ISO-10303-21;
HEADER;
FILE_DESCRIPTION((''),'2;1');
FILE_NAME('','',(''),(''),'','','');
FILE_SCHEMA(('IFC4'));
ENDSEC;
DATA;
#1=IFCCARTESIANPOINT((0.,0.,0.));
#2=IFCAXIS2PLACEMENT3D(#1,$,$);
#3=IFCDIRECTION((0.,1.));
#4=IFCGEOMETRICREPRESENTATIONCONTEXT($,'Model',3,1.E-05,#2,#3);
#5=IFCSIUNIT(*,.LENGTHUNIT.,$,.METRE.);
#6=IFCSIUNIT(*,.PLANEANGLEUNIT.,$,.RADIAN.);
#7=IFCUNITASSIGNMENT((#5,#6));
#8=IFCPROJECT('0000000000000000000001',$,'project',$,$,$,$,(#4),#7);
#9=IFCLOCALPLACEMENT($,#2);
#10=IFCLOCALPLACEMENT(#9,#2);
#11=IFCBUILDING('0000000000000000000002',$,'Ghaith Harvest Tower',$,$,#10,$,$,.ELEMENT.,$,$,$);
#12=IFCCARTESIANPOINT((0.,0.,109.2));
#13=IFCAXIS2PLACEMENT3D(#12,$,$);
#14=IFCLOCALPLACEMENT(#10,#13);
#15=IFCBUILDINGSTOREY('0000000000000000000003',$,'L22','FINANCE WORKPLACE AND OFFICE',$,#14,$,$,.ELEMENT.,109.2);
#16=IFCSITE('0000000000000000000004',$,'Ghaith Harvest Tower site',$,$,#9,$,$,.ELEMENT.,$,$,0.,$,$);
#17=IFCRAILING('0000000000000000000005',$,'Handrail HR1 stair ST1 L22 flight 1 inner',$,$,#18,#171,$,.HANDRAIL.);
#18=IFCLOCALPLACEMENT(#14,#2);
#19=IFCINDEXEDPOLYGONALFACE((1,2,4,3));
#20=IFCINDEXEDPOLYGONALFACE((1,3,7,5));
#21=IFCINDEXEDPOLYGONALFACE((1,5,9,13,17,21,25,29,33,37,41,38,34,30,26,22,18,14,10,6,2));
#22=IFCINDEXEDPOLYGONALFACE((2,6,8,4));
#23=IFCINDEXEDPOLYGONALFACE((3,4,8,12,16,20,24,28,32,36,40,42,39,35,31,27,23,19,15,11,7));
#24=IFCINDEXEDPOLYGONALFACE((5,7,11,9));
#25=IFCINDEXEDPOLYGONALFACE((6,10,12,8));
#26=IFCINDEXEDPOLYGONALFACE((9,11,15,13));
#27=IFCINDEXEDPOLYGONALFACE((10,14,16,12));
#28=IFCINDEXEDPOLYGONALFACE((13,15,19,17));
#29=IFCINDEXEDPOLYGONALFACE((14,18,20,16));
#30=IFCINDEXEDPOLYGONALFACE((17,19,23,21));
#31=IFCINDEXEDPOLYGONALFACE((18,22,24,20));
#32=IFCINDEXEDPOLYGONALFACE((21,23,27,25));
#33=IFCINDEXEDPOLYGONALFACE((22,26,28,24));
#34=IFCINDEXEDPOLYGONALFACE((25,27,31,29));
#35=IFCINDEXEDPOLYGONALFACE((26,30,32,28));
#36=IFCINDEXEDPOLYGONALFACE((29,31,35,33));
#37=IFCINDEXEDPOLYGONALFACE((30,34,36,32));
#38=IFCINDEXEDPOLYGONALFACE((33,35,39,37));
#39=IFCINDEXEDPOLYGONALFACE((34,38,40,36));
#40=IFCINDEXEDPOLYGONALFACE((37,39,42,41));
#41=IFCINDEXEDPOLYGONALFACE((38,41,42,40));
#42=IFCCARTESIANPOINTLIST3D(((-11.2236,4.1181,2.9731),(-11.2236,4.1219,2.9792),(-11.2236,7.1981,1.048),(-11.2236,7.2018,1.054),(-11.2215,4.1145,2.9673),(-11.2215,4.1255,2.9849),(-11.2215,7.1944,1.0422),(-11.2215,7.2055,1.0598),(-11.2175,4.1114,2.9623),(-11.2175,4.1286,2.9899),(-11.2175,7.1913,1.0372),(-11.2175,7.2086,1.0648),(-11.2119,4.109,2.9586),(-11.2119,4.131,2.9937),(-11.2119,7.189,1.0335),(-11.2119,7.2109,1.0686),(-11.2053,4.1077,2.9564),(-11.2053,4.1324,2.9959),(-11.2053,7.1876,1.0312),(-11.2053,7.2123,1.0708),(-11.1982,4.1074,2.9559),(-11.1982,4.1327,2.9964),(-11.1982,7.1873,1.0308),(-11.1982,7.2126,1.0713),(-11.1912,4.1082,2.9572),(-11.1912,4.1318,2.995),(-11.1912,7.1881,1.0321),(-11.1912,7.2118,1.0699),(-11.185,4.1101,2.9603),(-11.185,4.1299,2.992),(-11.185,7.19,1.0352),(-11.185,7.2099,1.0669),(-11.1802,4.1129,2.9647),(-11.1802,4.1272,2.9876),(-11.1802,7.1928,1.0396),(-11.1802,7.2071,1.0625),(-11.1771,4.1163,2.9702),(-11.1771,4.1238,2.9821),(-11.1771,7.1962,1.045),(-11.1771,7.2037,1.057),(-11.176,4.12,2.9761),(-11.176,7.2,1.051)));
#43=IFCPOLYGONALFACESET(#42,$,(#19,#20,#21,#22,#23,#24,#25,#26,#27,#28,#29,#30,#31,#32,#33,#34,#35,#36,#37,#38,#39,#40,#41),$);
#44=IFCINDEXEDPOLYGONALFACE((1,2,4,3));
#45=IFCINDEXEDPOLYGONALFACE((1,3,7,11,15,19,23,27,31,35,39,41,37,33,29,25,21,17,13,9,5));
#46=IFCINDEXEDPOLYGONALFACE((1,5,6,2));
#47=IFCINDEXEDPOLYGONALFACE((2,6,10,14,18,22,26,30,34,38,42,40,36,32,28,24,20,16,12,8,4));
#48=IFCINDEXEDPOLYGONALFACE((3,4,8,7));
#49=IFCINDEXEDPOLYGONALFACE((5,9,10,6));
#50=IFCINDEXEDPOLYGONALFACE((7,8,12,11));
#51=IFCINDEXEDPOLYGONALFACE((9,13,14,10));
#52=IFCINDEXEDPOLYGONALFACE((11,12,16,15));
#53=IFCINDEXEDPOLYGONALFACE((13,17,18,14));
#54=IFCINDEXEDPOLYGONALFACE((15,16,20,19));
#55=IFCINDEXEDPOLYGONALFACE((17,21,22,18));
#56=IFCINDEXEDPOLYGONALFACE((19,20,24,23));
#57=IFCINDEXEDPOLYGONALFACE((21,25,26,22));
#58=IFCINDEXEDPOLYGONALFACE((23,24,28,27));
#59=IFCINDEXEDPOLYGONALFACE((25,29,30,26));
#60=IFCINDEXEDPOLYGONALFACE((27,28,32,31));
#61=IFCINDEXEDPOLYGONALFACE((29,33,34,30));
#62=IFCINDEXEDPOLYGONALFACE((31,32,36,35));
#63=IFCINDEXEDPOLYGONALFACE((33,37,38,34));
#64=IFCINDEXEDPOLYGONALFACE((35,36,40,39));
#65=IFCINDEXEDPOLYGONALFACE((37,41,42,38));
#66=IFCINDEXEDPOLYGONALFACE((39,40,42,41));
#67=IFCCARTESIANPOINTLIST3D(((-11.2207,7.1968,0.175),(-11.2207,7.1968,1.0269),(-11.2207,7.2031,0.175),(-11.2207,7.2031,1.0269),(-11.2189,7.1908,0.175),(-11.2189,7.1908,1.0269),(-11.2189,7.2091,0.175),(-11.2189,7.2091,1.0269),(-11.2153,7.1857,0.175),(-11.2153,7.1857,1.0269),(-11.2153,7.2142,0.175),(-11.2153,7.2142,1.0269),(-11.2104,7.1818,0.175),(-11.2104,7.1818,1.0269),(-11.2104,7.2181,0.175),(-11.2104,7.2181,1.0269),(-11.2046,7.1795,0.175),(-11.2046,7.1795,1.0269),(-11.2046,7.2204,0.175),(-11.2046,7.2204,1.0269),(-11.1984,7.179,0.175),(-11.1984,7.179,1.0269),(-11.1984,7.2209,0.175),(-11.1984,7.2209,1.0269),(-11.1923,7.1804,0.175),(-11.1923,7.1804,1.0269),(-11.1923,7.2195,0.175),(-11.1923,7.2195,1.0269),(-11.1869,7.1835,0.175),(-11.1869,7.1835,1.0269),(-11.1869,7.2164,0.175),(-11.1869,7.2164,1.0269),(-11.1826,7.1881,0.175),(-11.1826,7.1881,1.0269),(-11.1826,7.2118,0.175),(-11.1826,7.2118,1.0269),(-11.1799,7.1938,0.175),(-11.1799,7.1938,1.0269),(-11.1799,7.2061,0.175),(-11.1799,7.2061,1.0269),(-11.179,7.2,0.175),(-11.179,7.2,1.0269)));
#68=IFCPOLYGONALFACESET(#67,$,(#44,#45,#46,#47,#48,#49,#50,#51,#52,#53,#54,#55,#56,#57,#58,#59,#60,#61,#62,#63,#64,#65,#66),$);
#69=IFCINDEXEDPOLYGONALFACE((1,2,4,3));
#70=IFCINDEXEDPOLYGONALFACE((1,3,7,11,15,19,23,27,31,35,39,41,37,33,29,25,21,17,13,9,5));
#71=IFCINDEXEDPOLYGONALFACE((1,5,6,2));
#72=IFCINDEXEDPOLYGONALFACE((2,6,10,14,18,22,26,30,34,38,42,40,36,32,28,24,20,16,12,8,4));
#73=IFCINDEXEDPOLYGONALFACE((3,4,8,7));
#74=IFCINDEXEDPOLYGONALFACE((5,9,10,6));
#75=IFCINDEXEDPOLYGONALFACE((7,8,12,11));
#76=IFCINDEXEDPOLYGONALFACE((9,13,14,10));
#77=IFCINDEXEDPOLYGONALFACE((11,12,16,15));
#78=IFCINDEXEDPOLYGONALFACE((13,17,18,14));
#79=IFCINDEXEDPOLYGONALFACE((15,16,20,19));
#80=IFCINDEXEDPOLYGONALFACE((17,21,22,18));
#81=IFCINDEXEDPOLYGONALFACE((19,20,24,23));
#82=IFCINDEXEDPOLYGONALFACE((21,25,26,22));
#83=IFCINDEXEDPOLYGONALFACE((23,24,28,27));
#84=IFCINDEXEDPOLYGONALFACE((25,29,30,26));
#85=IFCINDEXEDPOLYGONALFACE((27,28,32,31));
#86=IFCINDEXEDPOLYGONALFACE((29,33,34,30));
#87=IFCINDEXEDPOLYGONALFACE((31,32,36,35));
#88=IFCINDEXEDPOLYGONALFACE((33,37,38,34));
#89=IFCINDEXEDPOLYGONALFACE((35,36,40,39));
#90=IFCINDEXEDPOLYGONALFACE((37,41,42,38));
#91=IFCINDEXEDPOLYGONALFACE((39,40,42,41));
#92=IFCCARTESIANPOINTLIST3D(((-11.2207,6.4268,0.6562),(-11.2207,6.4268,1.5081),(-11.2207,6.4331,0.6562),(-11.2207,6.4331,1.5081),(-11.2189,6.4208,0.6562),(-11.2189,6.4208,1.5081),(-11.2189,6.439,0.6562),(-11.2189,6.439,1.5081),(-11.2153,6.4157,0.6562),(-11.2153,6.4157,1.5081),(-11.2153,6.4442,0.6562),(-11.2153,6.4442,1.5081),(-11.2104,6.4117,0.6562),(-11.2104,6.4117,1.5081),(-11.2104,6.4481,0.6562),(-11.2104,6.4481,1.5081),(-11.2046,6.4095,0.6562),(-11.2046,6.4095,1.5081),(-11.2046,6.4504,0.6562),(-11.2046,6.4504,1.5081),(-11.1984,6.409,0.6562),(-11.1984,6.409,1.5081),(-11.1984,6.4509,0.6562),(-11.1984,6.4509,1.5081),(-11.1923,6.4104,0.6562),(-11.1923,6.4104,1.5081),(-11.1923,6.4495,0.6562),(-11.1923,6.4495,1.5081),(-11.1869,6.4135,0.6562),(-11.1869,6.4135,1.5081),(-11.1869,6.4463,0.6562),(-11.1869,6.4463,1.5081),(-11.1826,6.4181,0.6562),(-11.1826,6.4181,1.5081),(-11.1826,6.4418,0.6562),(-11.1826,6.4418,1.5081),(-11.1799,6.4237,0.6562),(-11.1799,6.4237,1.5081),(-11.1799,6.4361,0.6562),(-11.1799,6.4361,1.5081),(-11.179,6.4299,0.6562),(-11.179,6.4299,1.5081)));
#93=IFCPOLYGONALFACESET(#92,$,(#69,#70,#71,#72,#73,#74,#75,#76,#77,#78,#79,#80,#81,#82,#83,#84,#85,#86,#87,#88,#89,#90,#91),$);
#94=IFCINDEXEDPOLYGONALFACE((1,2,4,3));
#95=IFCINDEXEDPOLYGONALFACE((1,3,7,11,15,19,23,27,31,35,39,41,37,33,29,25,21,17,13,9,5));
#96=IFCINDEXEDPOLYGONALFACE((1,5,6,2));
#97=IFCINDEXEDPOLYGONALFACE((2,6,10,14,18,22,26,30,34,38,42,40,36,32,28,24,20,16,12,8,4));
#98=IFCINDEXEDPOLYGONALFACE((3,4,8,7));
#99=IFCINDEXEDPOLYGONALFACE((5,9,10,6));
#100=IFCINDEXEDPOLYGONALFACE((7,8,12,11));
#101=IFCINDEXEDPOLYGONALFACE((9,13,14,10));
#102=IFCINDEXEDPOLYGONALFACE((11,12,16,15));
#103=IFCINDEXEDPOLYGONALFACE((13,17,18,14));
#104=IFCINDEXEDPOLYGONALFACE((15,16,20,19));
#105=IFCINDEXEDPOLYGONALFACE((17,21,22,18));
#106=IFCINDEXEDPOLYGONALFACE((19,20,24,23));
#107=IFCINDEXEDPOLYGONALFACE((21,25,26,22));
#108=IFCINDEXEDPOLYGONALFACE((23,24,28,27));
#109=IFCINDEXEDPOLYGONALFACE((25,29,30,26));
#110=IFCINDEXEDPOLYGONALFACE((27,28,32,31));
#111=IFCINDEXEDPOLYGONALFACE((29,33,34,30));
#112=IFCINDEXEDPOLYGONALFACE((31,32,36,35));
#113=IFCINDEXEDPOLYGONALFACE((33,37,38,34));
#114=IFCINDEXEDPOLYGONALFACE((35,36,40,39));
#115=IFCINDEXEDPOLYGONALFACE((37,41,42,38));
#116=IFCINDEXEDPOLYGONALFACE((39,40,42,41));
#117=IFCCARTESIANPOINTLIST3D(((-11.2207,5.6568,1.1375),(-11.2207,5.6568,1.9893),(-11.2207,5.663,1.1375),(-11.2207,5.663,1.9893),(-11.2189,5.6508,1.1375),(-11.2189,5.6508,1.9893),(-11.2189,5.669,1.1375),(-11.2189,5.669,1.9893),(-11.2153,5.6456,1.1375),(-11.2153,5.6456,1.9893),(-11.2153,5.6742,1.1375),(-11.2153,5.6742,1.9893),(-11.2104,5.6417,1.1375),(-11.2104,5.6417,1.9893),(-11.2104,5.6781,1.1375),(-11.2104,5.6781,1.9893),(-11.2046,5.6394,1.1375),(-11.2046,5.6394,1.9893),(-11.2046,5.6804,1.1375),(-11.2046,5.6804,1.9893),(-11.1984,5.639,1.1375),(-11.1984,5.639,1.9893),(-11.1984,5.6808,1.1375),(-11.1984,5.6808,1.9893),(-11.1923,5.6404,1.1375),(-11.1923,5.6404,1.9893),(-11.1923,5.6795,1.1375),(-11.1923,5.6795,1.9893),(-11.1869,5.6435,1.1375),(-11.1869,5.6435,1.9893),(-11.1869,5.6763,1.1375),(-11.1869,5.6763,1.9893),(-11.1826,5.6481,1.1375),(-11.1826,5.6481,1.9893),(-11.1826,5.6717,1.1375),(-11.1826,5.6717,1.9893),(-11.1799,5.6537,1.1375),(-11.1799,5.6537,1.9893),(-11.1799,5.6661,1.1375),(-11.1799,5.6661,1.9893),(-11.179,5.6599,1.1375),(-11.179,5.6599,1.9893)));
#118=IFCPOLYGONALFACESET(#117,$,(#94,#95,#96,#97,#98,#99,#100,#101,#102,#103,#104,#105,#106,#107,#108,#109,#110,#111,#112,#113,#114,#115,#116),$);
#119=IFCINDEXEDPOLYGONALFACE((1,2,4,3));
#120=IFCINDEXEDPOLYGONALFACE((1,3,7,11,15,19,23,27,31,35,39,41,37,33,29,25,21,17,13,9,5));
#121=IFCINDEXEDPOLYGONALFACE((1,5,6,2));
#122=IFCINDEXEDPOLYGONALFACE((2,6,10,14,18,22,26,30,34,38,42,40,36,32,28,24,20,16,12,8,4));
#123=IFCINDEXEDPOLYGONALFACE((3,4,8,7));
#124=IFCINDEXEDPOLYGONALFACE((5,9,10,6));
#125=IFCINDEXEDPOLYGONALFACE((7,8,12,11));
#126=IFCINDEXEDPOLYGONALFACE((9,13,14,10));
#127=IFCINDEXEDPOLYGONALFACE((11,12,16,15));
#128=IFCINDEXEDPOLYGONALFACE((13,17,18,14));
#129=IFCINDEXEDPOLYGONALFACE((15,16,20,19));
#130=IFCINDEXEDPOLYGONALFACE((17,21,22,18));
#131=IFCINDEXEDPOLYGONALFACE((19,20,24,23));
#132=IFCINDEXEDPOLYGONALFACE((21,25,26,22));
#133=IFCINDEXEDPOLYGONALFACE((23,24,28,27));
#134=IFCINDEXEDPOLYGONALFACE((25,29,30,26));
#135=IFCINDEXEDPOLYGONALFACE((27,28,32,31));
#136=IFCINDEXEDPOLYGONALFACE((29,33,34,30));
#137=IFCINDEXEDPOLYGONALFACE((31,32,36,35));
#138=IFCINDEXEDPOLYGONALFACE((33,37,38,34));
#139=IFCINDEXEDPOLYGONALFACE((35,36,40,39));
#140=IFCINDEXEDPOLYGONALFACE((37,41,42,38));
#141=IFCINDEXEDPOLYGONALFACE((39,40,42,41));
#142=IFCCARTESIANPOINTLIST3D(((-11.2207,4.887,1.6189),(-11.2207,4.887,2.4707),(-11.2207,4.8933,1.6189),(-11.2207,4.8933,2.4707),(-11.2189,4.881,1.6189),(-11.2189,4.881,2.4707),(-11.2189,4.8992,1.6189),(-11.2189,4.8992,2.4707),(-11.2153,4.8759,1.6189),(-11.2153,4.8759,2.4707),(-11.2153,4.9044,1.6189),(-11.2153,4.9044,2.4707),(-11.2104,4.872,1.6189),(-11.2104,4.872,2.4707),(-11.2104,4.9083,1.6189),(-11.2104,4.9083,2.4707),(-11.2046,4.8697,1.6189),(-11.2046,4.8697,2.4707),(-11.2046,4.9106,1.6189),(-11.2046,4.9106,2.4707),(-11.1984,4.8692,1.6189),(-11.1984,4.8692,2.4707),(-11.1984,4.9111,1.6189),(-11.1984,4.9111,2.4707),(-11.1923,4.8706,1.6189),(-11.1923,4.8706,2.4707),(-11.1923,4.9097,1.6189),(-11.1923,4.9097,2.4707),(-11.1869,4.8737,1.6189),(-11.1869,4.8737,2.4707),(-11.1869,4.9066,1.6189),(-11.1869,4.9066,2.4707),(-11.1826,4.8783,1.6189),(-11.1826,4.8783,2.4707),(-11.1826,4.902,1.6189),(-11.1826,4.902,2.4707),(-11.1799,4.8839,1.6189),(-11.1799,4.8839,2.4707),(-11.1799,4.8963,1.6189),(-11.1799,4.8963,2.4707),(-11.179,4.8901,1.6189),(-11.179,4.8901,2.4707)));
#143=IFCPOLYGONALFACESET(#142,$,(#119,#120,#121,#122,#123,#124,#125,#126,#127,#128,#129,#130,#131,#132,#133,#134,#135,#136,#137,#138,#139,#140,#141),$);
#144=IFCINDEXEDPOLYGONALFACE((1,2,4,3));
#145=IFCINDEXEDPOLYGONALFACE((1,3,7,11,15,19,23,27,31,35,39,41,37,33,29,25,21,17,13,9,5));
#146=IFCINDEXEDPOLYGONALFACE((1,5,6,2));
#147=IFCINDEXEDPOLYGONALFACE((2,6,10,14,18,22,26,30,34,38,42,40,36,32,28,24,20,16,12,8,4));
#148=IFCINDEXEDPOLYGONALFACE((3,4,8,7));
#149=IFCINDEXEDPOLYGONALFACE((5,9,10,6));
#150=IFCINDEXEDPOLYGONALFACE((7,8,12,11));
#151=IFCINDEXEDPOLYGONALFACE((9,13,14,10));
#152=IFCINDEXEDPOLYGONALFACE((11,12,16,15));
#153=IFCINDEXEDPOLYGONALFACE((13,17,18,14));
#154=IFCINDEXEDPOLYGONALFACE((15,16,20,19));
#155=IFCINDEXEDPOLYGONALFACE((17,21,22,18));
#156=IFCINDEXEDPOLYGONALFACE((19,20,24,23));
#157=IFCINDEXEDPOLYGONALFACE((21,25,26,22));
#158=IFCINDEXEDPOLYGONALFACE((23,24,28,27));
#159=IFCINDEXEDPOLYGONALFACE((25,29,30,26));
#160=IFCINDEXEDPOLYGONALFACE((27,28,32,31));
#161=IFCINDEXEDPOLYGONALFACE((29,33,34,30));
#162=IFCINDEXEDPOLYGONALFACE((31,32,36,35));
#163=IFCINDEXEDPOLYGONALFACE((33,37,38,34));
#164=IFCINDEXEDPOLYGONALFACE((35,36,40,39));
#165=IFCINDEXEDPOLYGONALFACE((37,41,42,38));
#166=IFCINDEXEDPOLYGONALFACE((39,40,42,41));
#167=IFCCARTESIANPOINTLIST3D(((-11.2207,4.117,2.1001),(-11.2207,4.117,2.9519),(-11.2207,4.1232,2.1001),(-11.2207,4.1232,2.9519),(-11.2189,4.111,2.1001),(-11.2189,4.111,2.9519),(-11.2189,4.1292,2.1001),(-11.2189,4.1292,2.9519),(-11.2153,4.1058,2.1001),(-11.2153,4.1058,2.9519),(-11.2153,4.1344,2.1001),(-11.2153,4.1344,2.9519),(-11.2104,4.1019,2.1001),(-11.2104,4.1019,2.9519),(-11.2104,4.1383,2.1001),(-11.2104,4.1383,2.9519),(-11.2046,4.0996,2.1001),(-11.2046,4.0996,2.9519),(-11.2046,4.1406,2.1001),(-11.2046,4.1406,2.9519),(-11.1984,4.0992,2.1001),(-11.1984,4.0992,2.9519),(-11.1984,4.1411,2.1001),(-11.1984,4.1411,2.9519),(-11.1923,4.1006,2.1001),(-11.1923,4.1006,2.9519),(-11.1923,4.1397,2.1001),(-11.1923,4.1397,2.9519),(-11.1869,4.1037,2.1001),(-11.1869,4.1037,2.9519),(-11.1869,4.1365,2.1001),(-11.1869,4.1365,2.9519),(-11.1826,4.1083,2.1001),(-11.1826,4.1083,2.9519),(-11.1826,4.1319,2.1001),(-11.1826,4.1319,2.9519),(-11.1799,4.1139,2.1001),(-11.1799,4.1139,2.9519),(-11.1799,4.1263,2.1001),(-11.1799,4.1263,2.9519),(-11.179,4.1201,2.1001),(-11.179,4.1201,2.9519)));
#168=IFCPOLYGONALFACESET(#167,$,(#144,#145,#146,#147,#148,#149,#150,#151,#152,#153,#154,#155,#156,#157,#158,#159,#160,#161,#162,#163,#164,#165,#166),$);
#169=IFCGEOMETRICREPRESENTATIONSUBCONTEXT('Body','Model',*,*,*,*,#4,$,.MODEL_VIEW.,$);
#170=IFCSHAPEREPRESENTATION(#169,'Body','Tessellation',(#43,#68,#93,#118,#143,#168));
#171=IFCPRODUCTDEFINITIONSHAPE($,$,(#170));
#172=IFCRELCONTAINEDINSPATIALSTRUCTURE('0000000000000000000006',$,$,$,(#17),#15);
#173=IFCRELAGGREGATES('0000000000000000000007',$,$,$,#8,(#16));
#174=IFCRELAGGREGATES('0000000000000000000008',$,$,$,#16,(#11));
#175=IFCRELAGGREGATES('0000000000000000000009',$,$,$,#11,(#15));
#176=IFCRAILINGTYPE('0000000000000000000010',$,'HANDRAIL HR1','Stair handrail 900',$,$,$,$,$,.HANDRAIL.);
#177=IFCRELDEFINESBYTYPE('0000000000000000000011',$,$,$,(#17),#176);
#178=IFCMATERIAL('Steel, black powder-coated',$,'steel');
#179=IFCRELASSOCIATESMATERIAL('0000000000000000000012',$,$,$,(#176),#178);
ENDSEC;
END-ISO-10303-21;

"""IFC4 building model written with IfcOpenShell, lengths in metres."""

from ifc_helpers import new_model, si_unit, direction, frame, origin, origin_2d, place, context, subcontext, project, spatial, circle, extrude, material, type_object, element, save


model = new_model("IFC4")

# Units and contexts
model_context = context("Model", 3, precision=1e-05, world=origin(), true_north=direction((0.0, 1.0)))
body_context = subcontext(model_context, "Body", "Model", "MODEL_VIEW")
ifc_project = project(units=[si_unit("LENGTHUNIT", "METRE"), si_unit("PLANEANGLEUNIT", "RADIAN")], contexts=[model_context])

# Site, building, storey
site_placement = place(None, origin())
site = spatial("IfcSite", under=ifc_project, at=site_placement, Name="Ghaith Harvest Tower site", CompositionType="ELEMENT", RefElevation=0.0)
building_placement = place(site_placement, origin())
building = spatial("IfcBuilding", under=site, at=building_placement, Name="Ghaith Harvest Tower", CompositionType="ELEMENT")
storey_placement = place(building_placement, frame((0.0, 0.0, 109.2)))
storey = spatial("IfcBuildingStorey", under=building, at=storey_placement, Name="L22", Description="FINANCE WORKPLACE AND OFFICE", CompositionType="ELEMENT", Elevation=109.2)

# Railing
ifc_material_1 = material(Name="Steel, black powder-coated", Category="steel")
railing_type = type_object("IfcRailingType", Name="HANDRAIL HR1", Description="Stair handrail 900", PredefinedType="HANDRAIL", material=ifc_material_1)
railing_1_placement = place(storey_placement, frame((-11.2, 7.2, 0.175)))
element("IfcRailing", 1, at=railing_1_placement, inside=storey, type_object=railing_type, Name="Handrail HR1 stair ST1 L22 flight 1 inner", PredefinedType="HANDRAIL", context=body_context, shape_type="SweptSolid", body=[
    extrude(circle(Radius=0.0239, at=origin_2d()), frame((0.0, 0.0, 0.876), z_axis=(0.0, -0.847979, 0.530029), x_axis=(1.0, 0.0, 0.0)), (0.0, 0.0, 1.0), 3.6321),
    extrude(circle(Radius=0.021, at=origin_2d()), origin(), (0.0, 0.0, 1.0), 0.8518),
    extrude(circle(Radius=0.021, at=origin_2d()), frame((0.0, -0.77, 0.4812)), (0.0, 0.0, 1.0), 0.8518),
    extrude(circle(Radius=0.021, at=origin_2d()), frame((0.0, -1.54, 0.9624)), (0.0, 0.0, 1.0), 0.8518),
    extrude(circle(Radius=0.021, at=origin_2d()), frame((0.0, -2.3098, 1.4438)), (0.0, 0.0, 1.0), 0.8518),
    extrude(circle(Radius=0.021, at=origin_2d()), frame((0.0, -3.0798, 1.925)), (0.0, 0.0, 1.0), 0.8518),
])

save(model, "model.ifc")
